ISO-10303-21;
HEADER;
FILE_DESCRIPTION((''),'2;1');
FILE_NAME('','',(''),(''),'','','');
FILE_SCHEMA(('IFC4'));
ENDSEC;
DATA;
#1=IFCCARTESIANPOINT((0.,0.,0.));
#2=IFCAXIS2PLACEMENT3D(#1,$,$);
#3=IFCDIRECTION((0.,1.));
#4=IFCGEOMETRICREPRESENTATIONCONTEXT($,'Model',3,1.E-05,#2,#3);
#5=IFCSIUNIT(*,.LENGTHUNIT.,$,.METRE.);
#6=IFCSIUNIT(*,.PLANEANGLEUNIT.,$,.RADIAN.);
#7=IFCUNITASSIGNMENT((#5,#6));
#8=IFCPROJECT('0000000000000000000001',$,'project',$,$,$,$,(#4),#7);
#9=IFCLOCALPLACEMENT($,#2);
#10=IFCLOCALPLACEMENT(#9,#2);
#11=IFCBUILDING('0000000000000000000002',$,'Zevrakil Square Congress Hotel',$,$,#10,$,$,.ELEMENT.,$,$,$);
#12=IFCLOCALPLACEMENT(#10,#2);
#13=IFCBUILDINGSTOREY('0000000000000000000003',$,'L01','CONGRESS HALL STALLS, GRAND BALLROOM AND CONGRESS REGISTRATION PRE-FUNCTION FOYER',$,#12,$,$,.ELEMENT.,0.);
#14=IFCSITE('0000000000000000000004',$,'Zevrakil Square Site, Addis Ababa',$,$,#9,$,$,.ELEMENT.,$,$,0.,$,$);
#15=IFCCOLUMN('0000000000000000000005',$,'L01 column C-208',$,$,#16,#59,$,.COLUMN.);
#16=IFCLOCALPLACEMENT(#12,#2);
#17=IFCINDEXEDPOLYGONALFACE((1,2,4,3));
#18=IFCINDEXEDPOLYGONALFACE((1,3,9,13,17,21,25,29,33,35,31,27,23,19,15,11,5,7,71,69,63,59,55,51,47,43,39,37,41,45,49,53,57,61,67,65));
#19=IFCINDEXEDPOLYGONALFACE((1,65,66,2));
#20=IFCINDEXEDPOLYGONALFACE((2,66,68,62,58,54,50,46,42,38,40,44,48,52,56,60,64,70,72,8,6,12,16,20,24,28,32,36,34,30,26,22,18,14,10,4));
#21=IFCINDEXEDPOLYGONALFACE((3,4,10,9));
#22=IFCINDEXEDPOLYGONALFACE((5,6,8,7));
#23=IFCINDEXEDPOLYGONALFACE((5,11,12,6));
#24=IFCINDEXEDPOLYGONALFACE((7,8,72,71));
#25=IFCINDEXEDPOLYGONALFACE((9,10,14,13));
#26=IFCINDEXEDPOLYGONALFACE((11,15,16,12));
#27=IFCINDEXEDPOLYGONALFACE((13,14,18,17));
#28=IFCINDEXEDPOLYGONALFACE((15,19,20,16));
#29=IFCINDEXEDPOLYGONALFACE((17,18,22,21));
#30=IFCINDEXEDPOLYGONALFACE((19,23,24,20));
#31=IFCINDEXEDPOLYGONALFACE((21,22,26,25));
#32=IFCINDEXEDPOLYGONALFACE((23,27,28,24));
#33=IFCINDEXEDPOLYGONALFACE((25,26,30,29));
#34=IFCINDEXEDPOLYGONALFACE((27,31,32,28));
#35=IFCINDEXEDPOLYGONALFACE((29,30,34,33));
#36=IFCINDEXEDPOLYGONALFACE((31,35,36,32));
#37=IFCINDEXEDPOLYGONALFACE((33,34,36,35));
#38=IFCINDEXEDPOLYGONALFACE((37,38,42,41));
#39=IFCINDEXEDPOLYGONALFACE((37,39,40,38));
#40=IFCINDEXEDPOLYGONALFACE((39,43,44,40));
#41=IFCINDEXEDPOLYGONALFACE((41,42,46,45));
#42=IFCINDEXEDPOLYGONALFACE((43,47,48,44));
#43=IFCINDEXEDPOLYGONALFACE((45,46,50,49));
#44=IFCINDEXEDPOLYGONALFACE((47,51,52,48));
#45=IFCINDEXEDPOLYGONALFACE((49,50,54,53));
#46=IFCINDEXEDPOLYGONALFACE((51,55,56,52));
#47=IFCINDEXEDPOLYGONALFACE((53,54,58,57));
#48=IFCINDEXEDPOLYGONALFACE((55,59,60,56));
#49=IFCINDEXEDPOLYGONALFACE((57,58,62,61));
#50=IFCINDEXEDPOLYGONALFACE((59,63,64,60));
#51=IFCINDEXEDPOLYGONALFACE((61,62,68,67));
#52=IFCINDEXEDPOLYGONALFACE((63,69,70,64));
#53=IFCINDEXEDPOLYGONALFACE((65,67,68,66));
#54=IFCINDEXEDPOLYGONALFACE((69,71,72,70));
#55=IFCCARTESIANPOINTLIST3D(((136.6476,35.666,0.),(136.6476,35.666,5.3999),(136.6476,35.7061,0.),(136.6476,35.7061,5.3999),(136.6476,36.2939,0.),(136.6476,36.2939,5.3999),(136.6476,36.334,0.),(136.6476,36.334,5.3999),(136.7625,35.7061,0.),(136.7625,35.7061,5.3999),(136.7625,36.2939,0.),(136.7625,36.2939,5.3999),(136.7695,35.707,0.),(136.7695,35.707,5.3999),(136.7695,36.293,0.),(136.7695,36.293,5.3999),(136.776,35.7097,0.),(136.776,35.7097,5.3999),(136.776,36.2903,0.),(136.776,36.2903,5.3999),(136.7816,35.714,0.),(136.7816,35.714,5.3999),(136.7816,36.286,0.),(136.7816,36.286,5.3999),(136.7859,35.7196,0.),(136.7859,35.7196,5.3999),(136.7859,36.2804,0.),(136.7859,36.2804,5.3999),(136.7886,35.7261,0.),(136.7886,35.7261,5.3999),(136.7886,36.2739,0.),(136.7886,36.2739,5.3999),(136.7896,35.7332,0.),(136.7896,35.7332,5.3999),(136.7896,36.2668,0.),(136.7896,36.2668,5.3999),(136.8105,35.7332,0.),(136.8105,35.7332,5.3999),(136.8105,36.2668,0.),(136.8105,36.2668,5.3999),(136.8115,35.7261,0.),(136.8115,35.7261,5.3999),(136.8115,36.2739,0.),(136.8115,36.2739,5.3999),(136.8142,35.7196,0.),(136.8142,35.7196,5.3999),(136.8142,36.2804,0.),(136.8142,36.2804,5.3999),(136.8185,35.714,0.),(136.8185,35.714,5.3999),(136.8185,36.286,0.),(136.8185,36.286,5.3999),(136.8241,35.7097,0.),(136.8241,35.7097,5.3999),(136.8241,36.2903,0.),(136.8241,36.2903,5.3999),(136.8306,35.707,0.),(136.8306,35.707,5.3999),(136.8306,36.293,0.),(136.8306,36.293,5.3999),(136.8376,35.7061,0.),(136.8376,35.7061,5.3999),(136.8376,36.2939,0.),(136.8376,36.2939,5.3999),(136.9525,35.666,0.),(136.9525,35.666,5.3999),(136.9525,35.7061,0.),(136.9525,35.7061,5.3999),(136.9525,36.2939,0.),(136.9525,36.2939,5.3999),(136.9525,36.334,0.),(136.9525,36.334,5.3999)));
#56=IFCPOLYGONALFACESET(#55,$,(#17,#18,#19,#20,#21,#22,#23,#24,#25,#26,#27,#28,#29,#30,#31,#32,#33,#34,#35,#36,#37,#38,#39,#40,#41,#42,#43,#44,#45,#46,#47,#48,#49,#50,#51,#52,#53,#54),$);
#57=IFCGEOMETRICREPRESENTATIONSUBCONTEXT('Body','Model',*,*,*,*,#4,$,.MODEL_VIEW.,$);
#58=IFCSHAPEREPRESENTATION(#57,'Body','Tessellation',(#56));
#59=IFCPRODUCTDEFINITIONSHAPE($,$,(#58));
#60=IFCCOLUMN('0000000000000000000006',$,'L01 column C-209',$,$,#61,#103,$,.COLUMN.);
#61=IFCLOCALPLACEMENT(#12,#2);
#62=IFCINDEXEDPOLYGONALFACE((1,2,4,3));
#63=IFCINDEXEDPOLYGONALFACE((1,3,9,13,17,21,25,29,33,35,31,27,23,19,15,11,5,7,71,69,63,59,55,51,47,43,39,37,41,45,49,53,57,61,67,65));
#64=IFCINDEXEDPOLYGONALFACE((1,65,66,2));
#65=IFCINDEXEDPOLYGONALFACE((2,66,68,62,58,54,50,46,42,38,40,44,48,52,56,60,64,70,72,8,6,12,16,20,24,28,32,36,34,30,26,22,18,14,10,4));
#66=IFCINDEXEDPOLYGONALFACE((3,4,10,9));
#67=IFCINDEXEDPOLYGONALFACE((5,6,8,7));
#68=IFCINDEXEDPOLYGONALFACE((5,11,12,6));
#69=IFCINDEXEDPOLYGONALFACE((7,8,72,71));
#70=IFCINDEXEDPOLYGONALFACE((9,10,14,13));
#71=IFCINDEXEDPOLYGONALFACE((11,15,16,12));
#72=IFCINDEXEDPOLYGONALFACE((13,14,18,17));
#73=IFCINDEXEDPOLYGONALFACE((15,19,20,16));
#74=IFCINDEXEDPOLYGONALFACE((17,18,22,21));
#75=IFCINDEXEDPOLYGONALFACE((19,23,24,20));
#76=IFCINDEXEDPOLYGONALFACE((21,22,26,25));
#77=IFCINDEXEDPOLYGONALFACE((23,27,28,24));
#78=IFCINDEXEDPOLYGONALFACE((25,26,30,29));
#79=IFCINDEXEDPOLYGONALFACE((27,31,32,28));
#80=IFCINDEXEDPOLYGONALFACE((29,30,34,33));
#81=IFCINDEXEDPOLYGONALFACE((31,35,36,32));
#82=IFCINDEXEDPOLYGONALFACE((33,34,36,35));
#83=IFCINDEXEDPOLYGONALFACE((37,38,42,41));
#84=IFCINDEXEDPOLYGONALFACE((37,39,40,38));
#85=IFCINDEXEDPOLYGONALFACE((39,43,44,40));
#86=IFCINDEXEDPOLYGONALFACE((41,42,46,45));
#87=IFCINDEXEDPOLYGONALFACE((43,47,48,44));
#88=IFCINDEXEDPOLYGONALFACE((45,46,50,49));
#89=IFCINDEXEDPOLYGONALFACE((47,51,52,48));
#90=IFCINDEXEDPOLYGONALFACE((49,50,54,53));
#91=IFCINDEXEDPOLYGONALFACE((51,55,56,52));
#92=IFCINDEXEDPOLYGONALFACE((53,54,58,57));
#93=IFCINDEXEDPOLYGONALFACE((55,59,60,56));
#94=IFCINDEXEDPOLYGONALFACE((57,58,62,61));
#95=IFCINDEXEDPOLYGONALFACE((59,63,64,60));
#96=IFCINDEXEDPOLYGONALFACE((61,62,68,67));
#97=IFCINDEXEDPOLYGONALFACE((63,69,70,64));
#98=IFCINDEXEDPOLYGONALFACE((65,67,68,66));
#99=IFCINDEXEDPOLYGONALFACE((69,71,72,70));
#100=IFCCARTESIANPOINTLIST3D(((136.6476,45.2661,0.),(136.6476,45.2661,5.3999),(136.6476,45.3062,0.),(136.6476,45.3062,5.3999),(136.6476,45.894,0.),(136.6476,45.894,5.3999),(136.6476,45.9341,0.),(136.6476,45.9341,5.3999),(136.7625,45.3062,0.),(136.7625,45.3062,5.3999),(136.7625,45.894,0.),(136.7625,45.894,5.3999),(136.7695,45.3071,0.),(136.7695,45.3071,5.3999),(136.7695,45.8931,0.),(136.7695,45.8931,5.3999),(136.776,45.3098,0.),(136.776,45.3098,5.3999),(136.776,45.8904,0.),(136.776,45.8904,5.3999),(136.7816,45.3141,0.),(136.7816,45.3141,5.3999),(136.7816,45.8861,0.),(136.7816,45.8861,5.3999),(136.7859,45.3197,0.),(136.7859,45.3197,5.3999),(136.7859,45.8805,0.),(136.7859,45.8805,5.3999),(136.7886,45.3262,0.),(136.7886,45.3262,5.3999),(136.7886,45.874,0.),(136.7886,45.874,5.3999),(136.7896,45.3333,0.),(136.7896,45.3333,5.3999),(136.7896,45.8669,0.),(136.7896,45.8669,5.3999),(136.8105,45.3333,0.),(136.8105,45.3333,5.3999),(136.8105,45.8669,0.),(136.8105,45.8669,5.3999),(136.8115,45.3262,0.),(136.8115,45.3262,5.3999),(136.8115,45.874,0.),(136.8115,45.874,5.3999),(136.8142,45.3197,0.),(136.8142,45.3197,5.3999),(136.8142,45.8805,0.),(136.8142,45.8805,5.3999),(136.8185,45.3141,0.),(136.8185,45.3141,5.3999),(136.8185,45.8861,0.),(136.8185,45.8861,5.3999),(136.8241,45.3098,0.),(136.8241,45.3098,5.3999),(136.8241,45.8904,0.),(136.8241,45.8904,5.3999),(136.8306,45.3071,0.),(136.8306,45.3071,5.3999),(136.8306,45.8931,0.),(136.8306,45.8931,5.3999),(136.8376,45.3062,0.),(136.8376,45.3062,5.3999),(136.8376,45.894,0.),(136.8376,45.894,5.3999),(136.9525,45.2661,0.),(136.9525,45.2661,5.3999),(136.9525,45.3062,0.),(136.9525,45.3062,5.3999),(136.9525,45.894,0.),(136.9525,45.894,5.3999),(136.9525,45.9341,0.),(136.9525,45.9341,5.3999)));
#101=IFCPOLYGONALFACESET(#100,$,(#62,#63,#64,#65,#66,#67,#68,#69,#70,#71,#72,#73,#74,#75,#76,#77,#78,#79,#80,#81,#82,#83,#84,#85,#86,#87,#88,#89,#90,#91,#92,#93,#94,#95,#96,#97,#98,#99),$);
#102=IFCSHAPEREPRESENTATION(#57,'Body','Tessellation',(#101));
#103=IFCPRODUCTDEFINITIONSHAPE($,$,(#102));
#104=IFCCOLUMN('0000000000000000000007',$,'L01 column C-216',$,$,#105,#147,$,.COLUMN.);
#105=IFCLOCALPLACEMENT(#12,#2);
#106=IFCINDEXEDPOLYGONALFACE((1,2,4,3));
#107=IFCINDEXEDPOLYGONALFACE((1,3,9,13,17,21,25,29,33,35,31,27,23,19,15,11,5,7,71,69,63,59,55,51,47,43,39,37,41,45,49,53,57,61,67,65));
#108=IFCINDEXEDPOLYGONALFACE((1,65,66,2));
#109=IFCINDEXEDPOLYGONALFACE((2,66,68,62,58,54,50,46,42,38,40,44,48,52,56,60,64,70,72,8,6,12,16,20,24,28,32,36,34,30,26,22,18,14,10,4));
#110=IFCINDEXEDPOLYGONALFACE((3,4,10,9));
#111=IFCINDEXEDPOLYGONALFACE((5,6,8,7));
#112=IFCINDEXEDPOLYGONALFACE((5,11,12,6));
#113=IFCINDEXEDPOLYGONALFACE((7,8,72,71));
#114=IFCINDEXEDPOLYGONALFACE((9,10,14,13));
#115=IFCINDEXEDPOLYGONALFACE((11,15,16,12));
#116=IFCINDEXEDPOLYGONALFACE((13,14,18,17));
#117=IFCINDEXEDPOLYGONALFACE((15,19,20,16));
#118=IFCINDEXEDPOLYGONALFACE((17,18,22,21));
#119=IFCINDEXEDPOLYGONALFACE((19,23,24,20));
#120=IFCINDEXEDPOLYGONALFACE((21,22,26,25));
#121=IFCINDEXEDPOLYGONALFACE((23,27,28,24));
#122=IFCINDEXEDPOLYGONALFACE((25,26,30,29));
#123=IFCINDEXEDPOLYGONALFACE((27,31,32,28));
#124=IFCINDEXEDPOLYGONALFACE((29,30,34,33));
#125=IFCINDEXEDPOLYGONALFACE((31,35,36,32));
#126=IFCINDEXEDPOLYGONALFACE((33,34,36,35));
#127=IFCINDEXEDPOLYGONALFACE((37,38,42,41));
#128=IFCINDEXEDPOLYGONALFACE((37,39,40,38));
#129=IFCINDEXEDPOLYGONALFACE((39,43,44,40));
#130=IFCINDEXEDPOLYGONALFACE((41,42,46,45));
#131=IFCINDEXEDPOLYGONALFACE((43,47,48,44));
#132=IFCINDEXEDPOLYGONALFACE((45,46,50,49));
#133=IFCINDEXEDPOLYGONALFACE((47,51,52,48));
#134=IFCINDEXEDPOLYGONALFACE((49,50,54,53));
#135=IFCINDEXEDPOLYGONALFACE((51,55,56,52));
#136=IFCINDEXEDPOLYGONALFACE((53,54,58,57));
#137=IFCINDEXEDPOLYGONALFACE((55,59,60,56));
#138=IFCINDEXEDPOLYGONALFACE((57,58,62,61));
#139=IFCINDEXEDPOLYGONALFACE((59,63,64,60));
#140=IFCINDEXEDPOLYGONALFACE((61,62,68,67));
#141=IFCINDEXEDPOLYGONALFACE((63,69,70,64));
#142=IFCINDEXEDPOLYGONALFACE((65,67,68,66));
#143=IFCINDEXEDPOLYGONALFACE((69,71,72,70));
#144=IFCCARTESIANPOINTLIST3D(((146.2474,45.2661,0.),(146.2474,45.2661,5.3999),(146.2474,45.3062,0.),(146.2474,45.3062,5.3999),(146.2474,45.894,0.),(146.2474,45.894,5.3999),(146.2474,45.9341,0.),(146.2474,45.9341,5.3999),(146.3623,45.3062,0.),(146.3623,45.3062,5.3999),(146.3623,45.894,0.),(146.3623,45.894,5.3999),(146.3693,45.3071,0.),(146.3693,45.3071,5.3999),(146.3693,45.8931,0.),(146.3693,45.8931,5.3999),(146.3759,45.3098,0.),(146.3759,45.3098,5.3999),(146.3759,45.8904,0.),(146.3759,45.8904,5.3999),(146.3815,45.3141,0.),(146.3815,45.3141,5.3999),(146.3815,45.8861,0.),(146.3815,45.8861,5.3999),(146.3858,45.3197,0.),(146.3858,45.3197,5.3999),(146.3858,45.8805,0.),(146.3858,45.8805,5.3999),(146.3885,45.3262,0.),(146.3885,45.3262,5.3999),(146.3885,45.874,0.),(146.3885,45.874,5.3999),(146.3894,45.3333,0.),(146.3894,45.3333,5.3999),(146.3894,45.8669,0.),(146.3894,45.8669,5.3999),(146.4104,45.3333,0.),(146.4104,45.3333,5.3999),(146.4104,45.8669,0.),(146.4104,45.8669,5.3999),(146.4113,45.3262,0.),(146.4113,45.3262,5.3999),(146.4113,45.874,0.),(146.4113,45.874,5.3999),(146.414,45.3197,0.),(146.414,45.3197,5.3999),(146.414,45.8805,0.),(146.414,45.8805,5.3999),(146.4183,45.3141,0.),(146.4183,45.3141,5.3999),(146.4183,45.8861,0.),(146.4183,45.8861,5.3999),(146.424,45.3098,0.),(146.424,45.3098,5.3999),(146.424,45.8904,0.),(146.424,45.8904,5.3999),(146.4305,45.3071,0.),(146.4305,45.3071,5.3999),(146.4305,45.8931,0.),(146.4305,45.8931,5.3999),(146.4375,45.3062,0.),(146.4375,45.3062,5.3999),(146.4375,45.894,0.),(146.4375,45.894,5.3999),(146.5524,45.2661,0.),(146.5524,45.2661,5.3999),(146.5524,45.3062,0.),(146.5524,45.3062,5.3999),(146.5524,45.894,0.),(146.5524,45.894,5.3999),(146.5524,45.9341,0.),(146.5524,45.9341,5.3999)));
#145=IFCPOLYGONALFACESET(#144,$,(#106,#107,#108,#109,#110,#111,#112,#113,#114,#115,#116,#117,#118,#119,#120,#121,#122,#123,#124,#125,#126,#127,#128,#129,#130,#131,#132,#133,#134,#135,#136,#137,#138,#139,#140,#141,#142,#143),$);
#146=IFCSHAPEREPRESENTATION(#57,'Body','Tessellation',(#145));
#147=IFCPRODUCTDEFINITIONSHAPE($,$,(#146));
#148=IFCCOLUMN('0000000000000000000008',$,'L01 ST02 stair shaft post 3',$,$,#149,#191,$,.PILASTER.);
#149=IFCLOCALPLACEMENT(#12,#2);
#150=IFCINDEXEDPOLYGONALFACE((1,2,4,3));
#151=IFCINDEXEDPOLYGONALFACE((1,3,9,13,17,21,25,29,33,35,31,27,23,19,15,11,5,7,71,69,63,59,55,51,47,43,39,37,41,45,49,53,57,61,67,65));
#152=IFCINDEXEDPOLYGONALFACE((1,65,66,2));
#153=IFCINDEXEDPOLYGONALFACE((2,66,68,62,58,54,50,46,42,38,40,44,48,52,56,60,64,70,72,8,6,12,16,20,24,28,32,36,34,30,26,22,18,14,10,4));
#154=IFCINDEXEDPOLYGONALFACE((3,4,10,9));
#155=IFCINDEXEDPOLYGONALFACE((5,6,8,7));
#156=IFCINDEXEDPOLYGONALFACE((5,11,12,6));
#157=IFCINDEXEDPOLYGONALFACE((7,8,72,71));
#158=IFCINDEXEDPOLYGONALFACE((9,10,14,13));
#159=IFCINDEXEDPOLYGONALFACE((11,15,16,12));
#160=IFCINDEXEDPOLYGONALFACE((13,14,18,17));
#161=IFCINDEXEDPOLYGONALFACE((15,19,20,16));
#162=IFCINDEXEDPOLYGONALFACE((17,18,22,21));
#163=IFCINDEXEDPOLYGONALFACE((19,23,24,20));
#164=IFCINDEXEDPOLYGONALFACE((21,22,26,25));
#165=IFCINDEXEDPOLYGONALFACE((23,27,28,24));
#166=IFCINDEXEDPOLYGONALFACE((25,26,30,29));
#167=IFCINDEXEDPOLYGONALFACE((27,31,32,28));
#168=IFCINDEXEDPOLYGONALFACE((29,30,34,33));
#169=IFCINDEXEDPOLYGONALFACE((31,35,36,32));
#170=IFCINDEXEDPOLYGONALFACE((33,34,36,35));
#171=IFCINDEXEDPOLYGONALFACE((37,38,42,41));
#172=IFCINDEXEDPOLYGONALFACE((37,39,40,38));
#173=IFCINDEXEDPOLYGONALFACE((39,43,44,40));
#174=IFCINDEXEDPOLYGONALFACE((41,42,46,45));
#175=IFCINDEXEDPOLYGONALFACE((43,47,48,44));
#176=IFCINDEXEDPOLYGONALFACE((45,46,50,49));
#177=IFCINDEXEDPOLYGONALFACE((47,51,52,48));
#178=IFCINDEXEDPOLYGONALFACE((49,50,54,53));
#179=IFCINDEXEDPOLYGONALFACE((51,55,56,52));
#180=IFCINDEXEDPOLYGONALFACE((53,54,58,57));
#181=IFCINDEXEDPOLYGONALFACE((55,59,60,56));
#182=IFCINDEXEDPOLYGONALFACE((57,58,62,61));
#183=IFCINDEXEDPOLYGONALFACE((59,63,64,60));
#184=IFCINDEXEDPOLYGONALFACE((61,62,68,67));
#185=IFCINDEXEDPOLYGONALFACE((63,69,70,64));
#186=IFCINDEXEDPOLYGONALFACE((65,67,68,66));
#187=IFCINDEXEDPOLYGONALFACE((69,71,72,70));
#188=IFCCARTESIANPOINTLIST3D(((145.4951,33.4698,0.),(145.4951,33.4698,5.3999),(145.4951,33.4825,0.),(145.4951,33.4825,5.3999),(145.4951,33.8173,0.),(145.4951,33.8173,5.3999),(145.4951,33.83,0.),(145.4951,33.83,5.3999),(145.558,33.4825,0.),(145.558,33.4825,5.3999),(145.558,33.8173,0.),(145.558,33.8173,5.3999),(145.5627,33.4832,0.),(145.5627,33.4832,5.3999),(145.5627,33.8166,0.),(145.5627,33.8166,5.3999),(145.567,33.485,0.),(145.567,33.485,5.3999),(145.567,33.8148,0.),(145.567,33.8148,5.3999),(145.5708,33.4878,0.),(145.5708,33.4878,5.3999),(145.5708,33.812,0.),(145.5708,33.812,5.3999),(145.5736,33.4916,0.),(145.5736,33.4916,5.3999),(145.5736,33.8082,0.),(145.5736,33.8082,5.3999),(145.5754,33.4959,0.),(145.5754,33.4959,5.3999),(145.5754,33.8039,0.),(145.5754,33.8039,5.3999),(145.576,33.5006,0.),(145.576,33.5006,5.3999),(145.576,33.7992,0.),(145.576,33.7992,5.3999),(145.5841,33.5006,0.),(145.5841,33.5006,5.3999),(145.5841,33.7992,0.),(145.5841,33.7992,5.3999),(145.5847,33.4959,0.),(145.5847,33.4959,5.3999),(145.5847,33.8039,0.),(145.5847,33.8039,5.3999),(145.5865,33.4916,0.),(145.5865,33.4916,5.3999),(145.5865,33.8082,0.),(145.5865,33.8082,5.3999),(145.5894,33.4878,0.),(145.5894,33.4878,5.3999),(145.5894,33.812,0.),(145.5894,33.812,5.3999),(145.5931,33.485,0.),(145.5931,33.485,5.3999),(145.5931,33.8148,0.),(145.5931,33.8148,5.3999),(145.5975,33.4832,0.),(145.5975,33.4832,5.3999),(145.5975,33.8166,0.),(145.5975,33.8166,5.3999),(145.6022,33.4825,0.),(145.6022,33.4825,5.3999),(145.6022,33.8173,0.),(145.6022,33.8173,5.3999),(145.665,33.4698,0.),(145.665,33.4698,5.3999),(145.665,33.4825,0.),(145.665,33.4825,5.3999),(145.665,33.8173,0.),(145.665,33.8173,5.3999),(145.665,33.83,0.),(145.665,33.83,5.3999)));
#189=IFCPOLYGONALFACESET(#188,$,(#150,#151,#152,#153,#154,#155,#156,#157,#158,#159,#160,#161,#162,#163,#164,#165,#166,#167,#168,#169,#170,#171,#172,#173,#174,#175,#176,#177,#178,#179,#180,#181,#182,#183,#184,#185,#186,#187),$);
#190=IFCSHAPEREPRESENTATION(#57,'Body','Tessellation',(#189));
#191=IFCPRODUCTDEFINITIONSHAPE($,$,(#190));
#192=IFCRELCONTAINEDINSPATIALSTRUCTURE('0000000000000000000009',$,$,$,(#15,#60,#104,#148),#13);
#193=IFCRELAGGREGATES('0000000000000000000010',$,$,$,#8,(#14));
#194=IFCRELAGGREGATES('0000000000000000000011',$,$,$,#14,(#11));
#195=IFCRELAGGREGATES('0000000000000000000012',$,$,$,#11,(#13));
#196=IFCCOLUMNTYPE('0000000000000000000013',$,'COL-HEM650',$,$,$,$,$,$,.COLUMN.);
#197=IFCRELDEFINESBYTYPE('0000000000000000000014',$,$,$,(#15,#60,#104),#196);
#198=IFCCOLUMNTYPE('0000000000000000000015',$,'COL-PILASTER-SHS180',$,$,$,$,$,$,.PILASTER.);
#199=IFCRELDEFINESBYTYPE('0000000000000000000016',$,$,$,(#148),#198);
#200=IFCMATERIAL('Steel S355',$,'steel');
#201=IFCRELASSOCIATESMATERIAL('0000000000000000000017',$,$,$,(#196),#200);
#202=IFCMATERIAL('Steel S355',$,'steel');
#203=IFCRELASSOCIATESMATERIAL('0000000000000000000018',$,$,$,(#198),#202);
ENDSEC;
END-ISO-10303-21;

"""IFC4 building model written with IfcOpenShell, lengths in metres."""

from ifc_helpers import new_model, si_unit, direction, frame, origin, origin_2d, place, context, subcontext, project, spatial, i_section, extrude, material, material_profile, profile_set, type_object, element, save


model = new_model("IFC4")

# Units and contexts
model_context = context("Model", 3, precision=1e-05, world=origin(), true_north=direction((0.0, 1.0)))
body_context = subcontext(model_context, "Body", "Model", "MODEL_VIEW")
ifc_project = project(units=[si_unit("LENGTHUNIT", "METRE"), si_unit("PLANEANGLEUNIT", "RADIAN")], contexts=[model_context])

# Site, building, storey
site_placement = place(None, origin())
site = spatial("IfcSite", under=ifc_project, at=site_placement, Name="Zevrakil Square Site, Addis Ababa", CompositionType="ELEMENT", RefElevation=0.0)
building_placement = place(site_placement, origin())
building = spatial("IfcBuilding", under=site, at=building_placement, Name="Zevrakil Square Congress Hotel", CompositionType="ELEMENT")
storey_placement = place(building_placement, origin())
storey = spatial("IfcBuildingStorey", under=building, at=storey_placement, Name="L01", Description="CONGRESS HALL STALLS, GRAND BALLROOM AND CONGRESS REGISTRATION PRE-FUNCTION FOYER", CompositionType="ELEMENT", Elevation=0.0)

# Columns
ifc_material_1 = material(Name="Steel S355", Category="steel")
ifc_material_profile_1 = material_profile(ifc_material_1, i_section(OverallWidth=0.3049, OverallDepth=0.668, WebThickness=0.021, FlangeThickness=0.04, FilletRadius=0.0271, at=origin_2d()), Name="HEM 650")
ifc_profile_set_1 = profile_set([ifc_material_profile_1], Name="Steel S355")
column_type_1 = type_object("IfcColumnType", Name="COL-HEM650", PredefinedType="COLUMN", material=ifc_profile_set_1)
for number, where, z_axis, x_axis, name in (
    (1, (136.8, 36.0, 0.0), (0.0, 0.0, 1.0), (1.0, 0.0, 0.0), "L01 column C-208"),
    (2, (136.8, 45.6001, 0.0), (0.0, 0.0, 1.0), (1.0, 0.0, 0.0), "L01 column C-209"),
    (3, (146.3999, 45.6001, 0.0), (0.0, 0.0, 1.0), (1.0, 0.0, 0.0), "L01 column C-216"),
):
    element("IfcColumn", number, at=place(storey_placement, frame(where, z_axis=z_axis, x_axis=x_axis)), inside=storey, type_object=column_type_1, Name=name, PredefinedType="COLUMN", context=body_context, shape_type="SweptSolid", body=[
        extrude(i_section(OverallWidth=0.3049, OverallDepth=0.668, WebThickness=0.021, FlangeThickness=0.04, FilletRadius=0.0271, at=origin_2d()), origin(), (0.0, 0.0, 1.0), 5.3999),
    ])
ifc_material_2 = material(Name="Steel S355", Category="steel")
ifc_material_profile_2 = material_profile(ifc_material_2, i_section(OverallWidth=0.1699, OverallDepth=0.3601, WebThickness=0.0081, FlangeThickness=0.0127, FilletRadius=0.0181, at=origin_2d()), Name="IPE 360")
ifc_profile_set_2 = profile_set([ifc_material_profile_2], Name="Steel S355")
column_type_2 = type_object("IfcColumnType", Name="COL-PILASTER-SHS180", PredefinedType="PILASTER", material=ifc_profile_set_2)
column_placement = place(storey_placement, frame((145.5801, 33.6499, 0.0), z_axis=(0.0, 0.0, 1.0), x_axis=(1.0, 0.0, 0.0)))
element("IfcColumn", 4, at=column_placement, inside=storey, type_object=column_type_2, Name="L01 ST02 stair shaft post 3", PredefinedType="PILASTER", context=body_context, shape_type="SweptSolid", body=[
    extrude(i_section(OverallWidth=0.1699, OverallDepth=0.3601, WebThickness=0.0081, FlangeThickness=0.0127, FilletRadius=0.0181, at=origin_2d()), origin(), (0.0, 0.0, 1.0), 5.3999),
])

save(model, "model.ifc")
